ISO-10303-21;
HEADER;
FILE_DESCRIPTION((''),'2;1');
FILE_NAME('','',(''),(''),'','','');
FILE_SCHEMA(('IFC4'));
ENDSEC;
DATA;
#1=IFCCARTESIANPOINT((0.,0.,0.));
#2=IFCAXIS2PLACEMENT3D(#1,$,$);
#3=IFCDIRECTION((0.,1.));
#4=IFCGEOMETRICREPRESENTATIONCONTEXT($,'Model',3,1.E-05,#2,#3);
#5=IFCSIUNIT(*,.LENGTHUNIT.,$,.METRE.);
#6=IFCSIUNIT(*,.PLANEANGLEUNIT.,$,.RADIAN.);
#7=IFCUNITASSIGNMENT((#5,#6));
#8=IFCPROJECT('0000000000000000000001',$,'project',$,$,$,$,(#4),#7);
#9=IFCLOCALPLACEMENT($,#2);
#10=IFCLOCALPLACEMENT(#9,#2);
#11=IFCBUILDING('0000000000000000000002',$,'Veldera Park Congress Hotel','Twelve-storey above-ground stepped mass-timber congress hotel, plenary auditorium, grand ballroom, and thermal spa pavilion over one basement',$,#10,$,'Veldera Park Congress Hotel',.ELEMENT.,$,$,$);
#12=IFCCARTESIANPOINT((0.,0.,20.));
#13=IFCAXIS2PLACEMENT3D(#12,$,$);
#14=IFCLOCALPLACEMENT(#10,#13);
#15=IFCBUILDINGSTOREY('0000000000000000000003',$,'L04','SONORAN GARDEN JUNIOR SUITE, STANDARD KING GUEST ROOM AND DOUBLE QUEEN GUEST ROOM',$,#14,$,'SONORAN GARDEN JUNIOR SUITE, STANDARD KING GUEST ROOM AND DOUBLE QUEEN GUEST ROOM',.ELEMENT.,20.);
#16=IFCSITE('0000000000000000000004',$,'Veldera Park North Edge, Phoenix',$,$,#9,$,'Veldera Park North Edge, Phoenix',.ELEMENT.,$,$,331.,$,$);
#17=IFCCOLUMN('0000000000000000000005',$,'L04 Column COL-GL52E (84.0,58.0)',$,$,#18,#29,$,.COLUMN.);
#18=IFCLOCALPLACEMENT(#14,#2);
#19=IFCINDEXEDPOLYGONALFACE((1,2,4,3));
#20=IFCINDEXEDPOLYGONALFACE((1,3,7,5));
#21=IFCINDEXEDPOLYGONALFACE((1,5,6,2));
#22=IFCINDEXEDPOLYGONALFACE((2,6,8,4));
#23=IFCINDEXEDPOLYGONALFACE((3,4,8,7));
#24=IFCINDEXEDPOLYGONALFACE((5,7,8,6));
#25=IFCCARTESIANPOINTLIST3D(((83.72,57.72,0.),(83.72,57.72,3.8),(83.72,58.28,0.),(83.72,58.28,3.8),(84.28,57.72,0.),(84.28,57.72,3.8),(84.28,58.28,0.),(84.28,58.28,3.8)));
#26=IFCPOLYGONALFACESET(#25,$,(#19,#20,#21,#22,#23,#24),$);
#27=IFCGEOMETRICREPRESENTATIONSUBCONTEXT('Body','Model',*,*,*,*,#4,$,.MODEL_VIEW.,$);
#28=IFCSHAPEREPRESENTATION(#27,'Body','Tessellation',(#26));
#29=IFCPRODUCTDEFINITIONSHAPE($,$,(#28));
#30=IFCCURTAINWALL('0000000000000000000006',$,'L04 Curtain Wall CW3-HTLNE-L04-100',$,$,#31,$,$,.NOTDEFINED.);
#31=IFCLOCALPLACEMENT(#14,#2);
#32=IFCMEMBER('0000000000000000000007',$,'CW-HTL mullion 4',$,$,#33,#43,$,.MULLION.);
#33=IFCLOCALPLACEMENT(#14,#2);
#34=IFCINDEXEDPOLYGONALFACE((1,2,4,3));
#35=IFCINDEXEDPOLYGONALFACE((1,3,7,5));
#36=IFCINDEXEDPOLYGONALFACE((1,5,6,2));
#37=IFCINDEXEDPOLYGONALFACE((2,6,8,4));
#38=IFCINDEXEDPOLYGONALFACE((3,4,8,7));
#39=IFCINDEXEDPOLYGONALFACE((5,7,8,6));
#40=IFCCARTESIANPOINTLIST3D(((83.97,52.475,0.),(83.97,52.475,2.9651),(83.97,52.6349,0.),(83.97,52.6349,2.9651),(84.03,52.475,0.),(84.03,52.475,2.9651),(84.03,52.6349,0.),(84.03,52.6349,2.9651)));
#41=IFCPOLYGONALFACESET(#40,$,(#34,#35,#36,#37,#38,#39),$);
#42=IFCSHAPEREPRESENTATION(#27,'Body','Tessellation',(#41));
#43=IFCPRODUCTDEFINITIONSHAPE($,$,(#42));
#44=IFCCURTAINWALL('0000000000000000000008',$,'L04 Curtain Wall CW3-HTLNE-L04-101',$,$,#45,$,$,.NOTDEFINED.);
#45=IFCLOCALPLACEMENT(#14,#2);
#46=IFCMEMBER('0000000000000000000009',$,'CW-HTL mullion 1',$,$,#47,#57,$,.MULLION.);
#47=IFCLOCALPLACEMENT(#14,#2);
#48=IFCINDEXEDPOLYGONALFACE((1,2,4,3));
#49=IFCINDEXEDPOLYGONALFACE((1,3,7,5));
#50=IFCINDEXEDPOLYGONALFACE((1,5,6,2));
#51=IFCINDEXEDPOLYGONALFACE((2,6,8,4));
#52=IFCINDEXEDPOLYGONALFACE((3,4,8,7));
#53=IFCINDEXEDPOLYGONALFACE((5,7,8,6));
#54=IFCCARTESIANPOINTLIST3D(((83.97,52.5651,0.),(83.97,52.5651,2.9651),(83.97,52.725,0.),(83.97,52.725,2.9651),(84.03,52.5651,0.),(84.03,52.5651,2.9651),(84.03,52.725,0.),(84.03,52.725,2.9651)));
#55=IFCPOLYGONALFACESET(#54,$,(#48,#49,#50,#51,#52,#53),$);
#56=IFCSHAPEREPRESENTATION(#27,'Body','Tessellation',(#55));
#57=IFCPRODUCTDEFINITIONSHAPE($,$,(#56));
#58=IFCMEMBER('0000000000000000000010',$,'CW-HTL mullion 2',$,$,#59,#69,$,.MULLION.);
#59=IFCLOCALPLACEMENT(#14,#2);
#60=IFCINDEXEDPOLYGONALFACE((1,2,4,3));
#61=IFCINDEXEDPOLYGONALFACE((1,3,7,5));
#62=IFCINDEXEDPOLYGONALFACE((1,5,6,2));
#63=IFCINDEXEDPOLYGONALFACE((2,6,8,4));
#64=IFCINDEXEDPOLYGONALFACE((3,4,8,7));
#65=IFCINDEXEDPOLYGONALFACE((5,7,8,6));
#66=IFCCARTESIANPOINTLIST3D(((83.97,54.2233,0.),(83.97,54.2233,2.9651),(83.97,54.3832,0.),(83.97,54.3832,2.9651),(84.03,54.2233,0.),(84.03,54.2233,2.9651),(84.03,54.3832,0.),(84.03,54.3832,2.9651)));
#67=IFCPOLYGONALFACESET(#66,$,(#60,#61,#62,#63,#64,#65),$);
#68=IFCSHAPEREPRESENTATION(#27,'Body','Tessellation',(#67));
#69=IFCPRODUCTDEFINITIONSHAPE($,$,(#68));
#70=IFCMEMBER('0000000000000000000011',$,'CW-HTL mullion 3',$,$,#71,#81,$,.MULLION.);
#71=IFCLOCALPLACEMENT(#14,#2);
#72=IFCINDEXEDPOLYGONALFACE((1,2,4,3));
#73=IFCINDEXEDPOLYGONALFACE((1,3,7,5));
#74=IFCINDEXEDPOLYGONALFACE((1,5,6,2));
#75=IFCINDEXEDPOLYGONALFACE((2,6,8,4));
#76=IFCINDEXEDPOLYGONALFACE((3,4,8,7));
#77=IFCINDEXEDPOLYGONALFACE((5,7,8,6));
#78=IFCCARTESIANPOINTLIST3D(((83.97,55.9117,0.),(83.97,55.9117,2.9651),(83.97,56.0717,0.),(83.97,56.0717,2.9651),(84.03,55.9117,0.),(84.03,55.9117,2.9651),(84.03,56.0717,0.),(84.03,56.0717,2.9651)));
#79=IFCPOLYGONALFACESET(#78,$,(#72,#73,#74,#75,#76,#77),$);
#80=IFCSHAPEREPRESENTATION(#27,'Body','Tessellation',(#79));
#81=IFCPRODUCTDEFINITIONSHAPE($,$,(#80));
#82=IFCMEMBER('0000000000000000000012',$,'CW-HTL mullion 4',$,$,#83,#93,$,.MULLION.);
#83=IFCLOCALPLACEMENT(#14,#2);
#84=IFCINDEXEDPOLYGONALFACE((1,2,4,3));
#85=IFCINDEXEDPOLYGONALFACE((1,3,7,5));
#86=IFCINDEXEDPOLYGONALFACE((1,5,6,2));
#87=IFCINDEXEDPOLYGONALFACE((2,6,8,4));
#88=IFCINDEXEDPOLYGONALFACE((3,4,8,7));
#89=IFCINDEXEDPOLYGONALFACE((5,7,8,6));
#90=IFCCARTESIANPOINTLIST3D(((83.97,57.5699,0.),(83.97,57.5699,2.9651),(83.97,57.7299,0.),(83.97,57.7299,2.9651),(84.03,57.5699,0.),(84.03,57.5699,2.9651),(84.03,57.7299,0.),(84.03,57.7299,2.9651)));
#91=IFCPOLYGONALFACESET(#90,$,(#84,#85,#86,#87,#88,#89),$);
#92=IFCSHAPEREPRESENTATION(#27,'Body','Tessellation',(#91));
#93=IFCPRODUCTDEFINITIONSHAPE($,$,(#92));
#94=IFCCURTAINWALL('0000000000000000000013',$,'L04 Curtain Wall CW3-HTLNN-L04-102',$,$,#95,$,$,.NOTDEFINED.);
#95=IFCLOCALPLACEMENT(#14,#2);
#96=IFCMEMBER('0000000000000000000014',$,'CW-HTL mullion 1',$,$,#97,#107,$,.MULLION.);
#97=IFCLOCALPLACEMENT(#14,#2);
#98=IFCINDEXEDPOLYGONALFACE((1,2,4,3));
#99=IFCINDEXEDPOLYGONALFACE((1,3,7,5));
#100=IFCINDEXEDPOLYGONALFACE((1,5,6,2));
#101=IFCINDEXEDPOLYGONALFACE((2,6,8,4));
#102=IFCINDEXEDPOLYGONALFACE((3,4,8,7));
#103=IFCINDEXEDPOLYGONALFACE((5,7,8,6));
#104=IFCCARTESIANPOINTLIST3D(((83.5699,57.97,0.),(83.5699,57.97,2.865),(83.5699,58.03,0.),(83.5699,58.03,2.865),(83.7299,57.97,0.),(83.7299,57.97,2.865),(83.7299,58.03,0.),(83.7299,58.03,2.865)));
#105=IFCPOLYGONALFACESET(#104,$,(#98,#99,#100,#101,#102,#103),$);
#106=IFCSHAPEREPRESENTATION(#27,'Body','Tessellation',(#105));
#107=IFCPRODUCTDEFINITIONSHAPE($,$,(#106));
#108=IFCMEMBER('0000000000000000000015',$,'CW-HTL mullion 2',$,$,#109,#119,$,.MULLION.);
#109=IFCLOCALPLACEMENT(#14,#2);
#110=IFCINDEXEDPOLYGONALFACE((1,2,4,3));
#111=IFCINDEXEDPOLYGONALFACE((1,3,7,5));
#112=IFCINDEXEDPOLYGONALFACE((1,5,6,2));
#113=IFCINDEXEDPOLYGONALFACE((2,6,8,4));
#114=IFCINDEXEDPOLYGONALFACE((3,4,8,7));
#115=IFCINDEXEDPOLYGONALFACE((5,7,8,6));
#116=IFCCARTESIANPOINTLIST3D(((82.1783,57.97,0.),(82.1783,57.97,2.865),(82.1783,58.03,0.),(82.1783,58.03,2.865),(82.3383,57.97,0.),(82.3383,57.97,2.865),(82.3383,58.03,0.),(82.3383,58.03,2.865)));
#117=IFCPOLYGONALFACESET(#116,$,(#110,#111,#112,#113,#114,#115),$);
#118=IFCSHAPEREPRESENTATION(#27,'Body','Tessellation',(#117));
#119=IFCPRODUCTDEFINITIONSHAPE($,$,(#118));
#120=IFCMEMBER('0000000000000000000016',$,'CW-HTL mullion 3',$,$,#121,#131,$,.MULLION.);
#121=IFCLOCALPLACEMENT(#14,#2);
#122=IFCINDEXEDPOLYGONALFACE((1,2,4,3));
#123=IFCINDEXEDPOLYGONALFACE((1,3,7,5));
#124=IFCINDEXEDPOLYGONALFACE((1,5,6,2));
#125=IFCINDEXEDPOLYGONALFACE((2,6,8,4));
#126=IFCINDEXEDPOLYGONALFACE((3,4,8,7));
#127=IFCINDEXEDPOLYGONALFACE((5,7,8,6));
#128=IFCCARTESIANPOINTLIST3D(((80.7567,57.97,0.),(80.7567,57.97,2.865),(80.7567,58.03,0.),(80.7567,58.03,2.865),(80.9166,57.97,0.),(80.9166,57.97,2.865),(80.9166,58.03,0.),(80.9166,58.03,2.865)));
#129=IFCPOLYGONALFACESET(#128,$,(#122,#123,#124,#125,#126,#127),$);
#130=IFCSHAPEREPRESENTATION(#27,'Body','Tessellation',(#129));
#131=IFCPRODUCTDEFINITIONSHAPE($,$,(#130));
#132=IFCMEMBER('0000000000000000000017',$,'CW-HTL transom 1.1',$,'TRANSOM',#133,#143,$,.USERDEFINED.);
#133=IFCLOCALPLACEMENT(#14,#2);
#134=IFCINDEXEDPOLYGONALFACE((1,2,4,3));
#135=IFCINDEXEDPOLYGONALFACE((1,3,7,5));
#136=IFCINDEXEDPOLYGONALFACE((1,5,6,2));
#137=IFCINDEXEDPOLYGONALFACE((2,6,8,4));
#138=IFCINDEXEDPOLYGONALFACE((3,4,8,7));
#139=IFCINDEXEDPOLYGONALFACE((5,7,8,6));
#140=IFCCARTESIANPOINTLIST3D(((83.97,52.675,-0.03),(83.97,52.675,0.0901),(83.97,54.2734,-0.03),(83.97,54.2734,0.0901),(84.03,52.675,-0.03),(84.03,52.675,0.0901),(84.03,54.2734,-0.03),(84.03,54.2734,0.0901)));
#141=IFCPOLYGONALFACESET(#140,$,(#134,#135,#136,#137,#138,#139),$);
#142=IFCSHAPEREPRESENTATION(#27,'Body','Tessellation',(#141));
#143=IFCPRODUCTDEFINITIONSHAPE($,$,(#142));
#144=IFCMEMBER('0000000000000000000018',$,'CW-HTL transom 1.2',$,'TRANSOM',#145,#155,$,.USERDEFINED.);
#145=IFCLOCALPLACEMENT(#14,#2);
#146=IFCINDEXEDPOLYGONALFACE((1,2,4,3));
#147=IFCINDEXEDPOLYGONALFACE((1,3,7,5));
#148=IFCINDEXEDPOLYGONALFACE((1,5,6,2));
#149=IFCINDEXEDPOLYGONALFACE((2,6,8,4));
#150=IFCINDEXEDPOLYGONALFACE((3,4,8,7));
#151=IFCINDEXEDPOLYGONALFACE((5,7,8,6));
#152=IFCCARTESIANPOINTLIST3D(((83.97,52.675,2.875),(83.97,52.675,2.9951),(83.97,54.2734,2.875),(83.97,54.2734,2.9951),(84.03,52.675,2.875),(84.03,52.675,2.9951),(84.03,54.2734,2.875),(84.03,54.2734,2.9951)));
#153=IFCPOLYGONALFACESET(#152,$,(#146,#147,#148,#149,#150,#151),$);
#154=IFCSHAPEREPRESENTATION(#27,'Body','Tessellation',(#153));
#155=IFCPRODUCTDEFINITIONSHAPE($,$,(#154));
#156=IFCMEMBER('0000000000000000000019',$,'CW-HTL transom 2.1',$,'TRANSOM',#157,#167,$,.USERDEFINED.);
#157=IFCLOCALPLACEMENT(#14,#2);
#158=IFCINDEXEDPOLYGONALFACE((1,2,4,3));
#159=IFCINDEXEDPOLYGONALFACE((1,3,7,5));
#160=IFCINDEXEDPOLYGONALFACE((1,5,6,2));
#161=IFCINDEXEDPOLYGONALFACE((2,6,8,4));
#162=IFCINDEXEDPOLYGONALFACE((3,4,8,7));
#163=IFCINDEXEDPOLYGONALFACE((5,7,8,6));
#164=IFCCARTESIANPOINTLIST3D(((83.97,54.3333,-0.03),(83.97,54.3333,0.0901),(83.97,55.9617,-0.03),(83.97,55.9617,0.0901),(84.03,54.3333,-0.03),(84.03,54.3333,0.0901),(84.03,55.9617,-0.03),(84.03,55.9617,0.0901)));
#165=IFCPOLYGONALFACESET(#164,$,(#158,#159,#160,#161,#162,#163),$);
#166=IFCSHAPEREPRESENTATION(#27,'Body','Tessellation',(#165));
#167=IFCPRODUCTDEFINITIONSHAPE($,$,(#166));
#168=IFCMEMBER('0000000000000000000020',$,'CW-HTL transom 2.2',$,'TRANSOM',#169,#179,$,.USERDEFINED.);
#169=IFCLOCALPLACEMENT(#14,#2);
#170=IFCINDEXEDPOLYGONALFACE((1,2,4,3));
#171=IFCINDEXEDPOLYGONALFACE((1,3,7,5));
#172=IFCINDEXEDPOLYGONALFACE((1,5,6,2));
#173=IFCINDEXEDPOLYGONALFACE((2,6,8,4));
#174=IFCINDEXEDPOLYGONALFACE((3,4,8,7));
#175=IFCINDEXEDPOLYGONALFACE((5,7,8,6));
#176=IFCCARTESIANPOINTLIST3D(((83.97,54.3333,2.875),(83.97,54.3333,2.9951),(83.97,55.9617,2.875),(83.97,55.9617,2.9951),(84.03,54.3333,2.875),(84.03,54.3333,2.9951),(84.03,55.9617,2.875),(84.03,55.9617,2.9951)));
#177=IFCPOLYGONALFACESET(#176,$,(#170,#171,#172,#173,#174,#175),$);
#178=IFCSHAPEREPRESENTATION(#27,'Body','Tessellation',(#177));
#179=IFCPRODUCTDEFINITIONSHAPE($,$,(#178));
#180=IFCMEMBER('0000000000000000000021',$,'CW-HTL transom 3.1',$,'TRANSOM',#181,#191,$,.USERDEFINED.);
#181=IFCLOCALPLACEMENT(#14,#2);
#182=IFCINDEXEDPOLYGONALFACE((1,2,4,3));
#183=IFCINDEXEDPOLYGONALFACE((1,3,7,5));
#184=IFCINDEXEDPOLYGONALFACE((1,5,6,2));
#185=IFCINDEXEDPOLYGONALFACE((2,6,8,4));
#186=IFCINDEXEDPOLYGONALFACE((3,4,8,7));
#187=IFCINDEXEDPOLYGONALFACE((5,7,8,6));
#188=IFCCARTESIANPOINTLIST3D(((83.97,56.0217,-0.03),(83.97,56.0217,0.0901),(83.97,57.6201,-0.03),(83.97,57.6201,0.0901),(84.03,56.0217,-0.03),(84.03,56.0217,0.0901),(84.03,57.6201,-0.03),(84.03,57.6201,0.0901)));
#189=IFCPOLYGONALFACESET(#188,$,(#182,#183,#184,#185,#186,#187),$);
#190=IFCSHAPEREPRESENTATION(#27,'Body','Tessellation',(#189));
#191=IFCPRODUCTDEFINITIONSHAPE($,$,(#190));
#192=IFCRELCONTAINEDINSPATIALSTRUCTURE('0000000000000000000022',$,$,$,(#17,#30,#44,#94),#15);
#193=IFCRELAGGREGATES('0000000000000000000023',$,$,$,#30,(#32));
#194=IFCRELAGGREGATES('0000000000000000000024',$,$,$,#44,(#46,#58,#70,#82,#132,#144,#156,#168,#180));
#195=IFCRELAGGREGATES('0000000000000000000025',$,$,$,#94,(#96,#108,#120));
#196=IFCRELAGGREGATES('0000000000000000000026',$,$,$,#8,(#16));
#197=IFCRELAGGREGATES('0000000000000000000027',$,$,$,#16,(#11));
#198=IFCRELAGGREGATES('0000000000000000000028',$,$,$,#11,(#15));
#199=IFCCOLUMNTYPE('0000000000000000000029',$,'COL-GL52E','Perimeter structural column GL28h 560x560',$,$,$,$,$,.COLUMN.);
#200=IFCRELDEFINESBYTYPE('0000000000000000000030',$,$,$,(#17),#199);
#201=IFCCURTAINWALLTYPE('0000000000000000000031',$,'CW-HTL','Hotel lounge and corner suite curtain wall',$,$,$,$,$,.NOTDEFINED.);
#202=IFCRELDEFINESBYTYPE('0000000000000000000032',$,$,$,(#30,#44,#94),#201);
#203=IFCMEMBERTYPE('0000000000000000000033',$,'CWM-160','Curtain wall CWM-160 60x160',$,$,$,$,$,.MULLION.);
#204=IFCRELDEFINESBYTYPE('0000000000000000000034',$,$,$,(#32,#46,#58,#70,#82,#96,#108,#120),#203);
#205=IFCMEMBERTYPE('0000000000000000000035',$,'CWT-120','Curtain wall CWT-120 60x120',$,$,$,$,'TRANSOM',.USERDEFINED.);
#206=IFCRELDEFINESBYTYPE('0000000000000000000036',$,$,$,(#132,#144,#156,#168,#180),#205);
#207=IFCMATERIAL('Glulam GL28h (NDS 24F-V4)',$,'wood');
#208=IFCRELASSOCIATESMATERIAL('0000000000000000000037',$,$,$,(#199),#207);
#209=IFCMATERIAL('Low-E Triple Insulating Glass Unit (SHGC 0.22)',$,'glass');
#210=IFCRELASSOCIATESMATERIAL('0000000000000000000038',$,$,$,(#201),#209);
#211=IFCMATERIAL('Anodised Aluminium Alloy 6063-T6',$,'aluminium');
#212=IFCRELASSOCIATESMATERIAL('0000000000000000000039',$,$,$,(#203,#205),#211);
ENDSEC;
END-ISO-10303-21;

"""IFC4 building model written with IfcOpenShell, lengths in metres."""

from ifc_helpers import new_model, si_unit, direction, frame, origin, origin_2d, place, context, subcontext, project, spatial, rectangle, extrude, material, material_profile, profile_set, type_object, element, aggregate, save


model = new_model("IFC4")

# Units and contexts
model_context = context("Model", 3, precision=1e-05, world=origin(), true_north=direction((0.0, 1.0)))
body_context = subcontext(model_context, "Body", "Model", "MODEL_VIEW")
ifc_project = project(units=[si_unit("LENGTHUNIT", "METRE"), si_unit("PLANEANGLEUNIT", "RADIAN")], contexts=[model_context])

# Site, building, storey
site_placement = place(None, origin())
site = spatial("IfcSite", under=ifc_project, at=site_placement, Name="Veldera Park North Edge, Phoenix", LongName="Veldera Park North Edge, Phoenix", CompositionType="ELEMENT", RefElevation=331.0)
building_placement = place(site_placement, origin())
building = spatial("IfcBuilding", under=site, at=building_placement, Name="Veldera Park Congress Hotel", Description="Twelve-storey above-ground stepped mass-timber congress hotel, plenary auditorium, grand ballroom, and thermal spa pavilion over one basement", LongName="Veldera Park Congress Hotel", CompositionType="ELEMENT")
storey_placement = place(building_placement, frame((0.0, 0.0, 20.0)))
storey = spatial("IfcBuildingStorey", under=building, at=storey_placement, Name="L04", Description="SONORAN GARDEN JUNIOR SUITE, STANDARD KING GUEST ROOM AND DOUBLE QUEEN GUEST ROOM", LongName="SONORAN GARDEN JUNIOR SUITE, STANDARD KING GUEST ROOM AND DOUBLE QUEEN GUEST ROOM", CompositionType="ELEMENT", Elevation=20.0)

# Column
ifc_material_1 = material(Name="Glulam GL28h (NDS 24F-V4)", Category="wood")
ifc_material_profile_1 = material_profile(ifc_material_1, rectangle(XDim=0.5601, YDim=0.5601, at=origin_2d()), Name="GL28h 560x560")
ifc_profile_set_1 = profile_set([ifc_material_profile_1], Name="Glulam GL28h (NDS 24F-V4)")
column_type = type_object("IfcColumnType", Name="COL-GL52E", Description="Perimeter structural column GL28h 560x560", PredefinedType="COLUMN", material=ifc_profile_set_1)
column_placement = place(storey_placement, frame((84.0, 58.0, 0.0), z_axis=(0.0, 0.0, 1.0), x_axis=(1.0, 0.0, 0.0)))
element("IfcColumn", 1, at=column_placement, inside=storey, type_object=column_type, Name="L04 Column COL-GL52E (84.0,58.0)", PredefinedType="COLUMN", context=body_context, shape_type="SweptSolid", body=[
    extrude(rectangle(XDim=0.5601, YDim=0.5601, at=origin_2d()), origin(), (0.0, 0.0, 1.0), 3.8),
])

# Curtain wall, member
ifc_material_2 = material(Name="Low-E Triple Insulating Glass Unit (SHGC 0.22)", Category="glass")
curtain_wall_type = type_object("IfcCurtainWallType", Name="CW-HTL", Description="Hotel lounge and corner suite curtain wall", PredefinedType="NOTDEFINED", material=ifc_material_2)
curtain_wall_1_placement = place(storey_placement, origin())
curtain_wall_1 = element("IfcCurtainWall", 2, at=curtain_wall_1_placement, inside=storey, type_object=curtain_wall_type, Name="L04 Curtain Wall CW3-HTLNE-L04-100", PredefinedType="NOTDEFINED")
ifc_material_3 = material(Name="Anodised Aluminium Alloy 6063-T6", Category="aluminium")
ifc_material_profile_2 = material_profile(ifc_material_3, rectangle(XDim=0.0601, YDim=0.1599, at=origin_2d()), Name="ALU 60x160")
ifc_profile_set_2 = profile_set([ifc_material_profile_2], Name="Anodised Aluminium Alloy 6063-T6")
member_type_1 = type_object("IfcMemberType", Name="CWM-160", Description="Curtain wall CWM-160 60x160", PredefinedType="MULLION", material=ifc_profile_set_2)
member_1_placement = place(storey_placement, frame((84.0, 52.5549, 0.0), z_axis=(0.0, 0.0, 1.0), x_axis=(-1.0, 0.0, 0.0)))
member_1 = element("IfcMember", 3, at=member_1_placement, type_object=member_type_1, Name="CW-HTL mullion 4", PredefinedType="MULLION", context=body_context, shape_type="SweptSolid", body=[
    extrude(rectangle(XDim=0.0601, YDim=0.1599, at=origin_2d()), origin(), (0.0, 0.0, 1.0), 2.9651),
])
aggregate(curtain_wall_1, [member_1])

# Curtain walls, members
curtain_wall_2_placement = place(storey_placement, origin())
curtain_wall_2 = element("IfcCurtainWall", 4, at=curtain_wall_2_placement, inside=storey, type_object=curtain_wall_type, Name="L04 Curtain Wall CW3-HTLNE-L04-101", PredefinedType="NOTDEFINED")
member_2_placement = place(storey_placement, frame((84.0, 52.645, 0.0), z_axis=(0.0, 0.0, 1.0), x_axis=(-1.0, 0.0, 0.0)))
member_2 = element("IfcMember", 5, at=member_2_placement, type_object=member_type_1, Name="CW-HTL mullion 1", PredefinedType="MULLION", context=body_context, shape_type="SweptSolid", body=[
    extrude(rectangle(XDim=0.0601, YDim=0.1599, at=origin_2d()), origin(), (0.0, 0.0, 1.0), 2.9651),
])
member_3_placement = place(storey_placement, frame((84.0, 54.3032, 0.0), z_axis=(0.0, 0.0, 1.0), x_axis=(-1.0, 0.0, 0.0)))
member_3 = element("IfcMember", 6, at=member_3_placement, type_object=member_type_1, Name="CW-HTL mullion 2", PredefinedType="MULLION", context=body_context, shape_type="SweptSolid", body=[
    extrude(rectangle(XDim=0.0601, YDim=0.1599, at=origin_2d()), origin(), (0.0, 0.0, 1.0), 2.9651),
])
member_4_placement = place(storey_placement, frame((84.0, 55.9917, 0.0), z_axis=(0.0, 0.0, 1.0), x_axis=(-1.0, 0.0, 0.0)))
member_4 = element("IfcMember", 7, at=member_4_placement, type_object=member_type_1, Name="CW-HTL mullion 3", PredefinedType="MULLION", context=body_context, shape_type="SweptSolid", body=[
    extrude(rectangle(XDim=0.0601, YDim=0.1599, at=origin_2d()), origin(), (0.0, 0.0, 1.0), 2.9651),
])
member_5_placement = place(storey_placement, frame((84.0, 57.6499, 0.0), z_axis=(0.0, 0.0, 1.0), x_axis=(-1.0, 0.0, 0.0)))
member_5 = element("IfcMember", 8, at=member_5_placement, type_object=member_type_1, Name="CW-HTL mullion 4", PredefinedType="MULLION", context=body_context, shape_type="SweptSolid", body=[
    extrude(rectangle(XDim=0.0601, YDim=0.1599, at=origin_2d()), origin(), (0.0, 0.0, 1.0), 2.9651),
])
curtain_wall_3_placement = place(storey_placement, origin())
curtain_wall_3 = element("IfcCurtainWall", 9, at=curtain_wall_3_placement, inside=storey, type_object=curtain_wall_type, Name="L04 Curtain Wall CW3-HTLNN-L04-102", PredefinedType="NOTDEFINED")
member_6_placement = place(storey_placement, frame((83.6499, 58.0, 0.0), z_axis=(0.0, 0.0, 1.0), x_axis=(0.0, -1.0, 0.0)))
member_6 = element("IfcMember", 10, at=member_6_placement, type_object=member_type_1, Name="CW-HTL mullion 1", PredefinedType="MULLION", context=body_context, shape_type="SweptSolid", body=[
    extrude(rectangle(XDim=0.0601, YDim=0.1599, at=origin_2d()), origin(), (0.0, 0.0, 1.0), 2.865),
])
member_7_placement = place(storey_placement, frame((82.2583, 58.0, 0.0), z_axis=(0.0, 0.0, 1.0), x_axis=(0.0, -1.0, 0.0)))
member_7 = element("IfcMember", 11, at=member_7_placement, type_object=member_type_1, Name="CW-HTL mullion 2", PredefinedType="MULLION", context=body_context, shape_type="SweptSolid", body=[
    extrude(rectangle(XDim=0.0601, YDim=0.1599, at=origin_2d()), origin(), (0.0, 0.0, 1.0), 2.865),
])
member_8_placement = place(storey_placement, frame((80.8367, 58.0, 0.0), z_axis=(0.0, 0.0, 1.0), x_axis=(0.0, -1.0, 0.0)))
member_8 = element("IfcMember", 12, at=member_8_placement, type_object=member_type_1, Name="CW-HTL mullion 3", PredefinedType="MULLION", context=body_context, shape_type="SweptSolid", body=[
    extrude(rectangle(XDim=0.0601, YDim=0.1599, at=origin_2d()), origin(), (0.0, 0.0, 1.0), 2.865),
])

# Members
ifc_material_profile_3 = material_profile(ifc_material_3, rectangle(XDim=0.0601, YDim=0.1201, at=origin_2d()), Name="ALU 60x120")
ifc_profile_set_3 = profile_set([ifc_material_profile_3], Name="Anodised Aluminium Alloy 6063-T6")
member_type_2 = type_object("IfcMemberType", Name="CWT-120", Description="Curtain wall CWT-120 60x120", ElementType="TRANSOM", PredefinedType="USERDEFINED", material=ifc_profile_set_3)
member_9_placement = place(storey_placement, frame((84.0, 52.675, 0.03), z_axis=(0.0, 1.0, 0.0), x_axis=(-1.0, 0.0, 0.0)))
member_9 = element("IfcMember", 13, at=member_9_placement, type_object=member_type_2, Name="CW-HTL transom 1.1", ObjectType="TRANSOM", PredefinedType="USERDEFINED", context=body_context, shape_type="SweptSolid", body=[
    extrude(rectangle(XDim=0.0601, YDim=0.1201, at=origin_2d()), origin(), (0.0, 0.0, 1.0), 1.5984),
])
member_10_placement = place(storey_placement, frame((84.0, 52.675, 2.9351), z_axis=(0.0, 1.0, 0.0), x_axis=(-1.0, 0.0, 0.0)))
member_10 = element("IfcMember", 14, at=member_10_placement, type_object=member_type_2, Name="CW-HTL transom 1.2", ObjectType="TRANSOM", PredefinedType="USERDEFINED", context=body_context, shape_type="SweptSolid", body=[
    extrude(rectangle(XDim=0.0601, YDim=0.1201, at=origin_2d()), origin(), (0.0, 0.0, 1.0), 1.5984),
])
member_11_placement = place(storey_placement, frame((84.0, 54.3333, 0.03), z_axis=(0.0, 1.0, 0.0), x_axis=(-1.0, 0.0, 0.0)))
member_11 = element("IfcMember", 15, at=member_11_placement, type_object=member_type_2, Name="CW-HTL transom 2.1", ObjectType="TRANSOM", PredefinedType="USERDEFINED", context=body_context, shape_type="SweptSolid", body=[
    extrude(rectangle(XDim=0.0601, YDim=0.1201, at=origin_2d()), origin(), (0.0, 0.0, 1.0), 1.6284),
])
member_12_placement = place(storey_placement, frame((84.0, 54.3333, 2.9351), z_axis=(0.0, 1.0, 0.0), x_axis=(-1.0, 0.0, 0.0)))
member_12 = element("IfcMember", 16, at=member_12_placement, type_object=member_type_2, Name="CW-HTL transom 2.2", ObjectType="TRANSOM", PredefinedType="USERDEFINED", context=body_context, shape_type="SweptSolid", body=[
    extrude(rectangle(XDim=0.0601, YDim=0.1201, at=origin_2d()), origin(), (0.0, 0.0, 1.0), 1.6284),
])
member_13_placement = place(storey_placement, frame((84.0, 56.0217, 0.03), z_axis=(0.0, 1.0, 0.0), x_axis=(-1.0, 0.0, 0.0)))
member_13 = element("IfcMember", 17, at=member_13_placement, type_object=member_type_2, Name="CW-HTL transom 3.1", ObjectType="TRANSOM", PredefinedType="USERDEFINED", context=body_context, shape_type="SweptSolid", body=[
    extrude(rectangle(XDim=0.0601, YDim=0.1201, at=origin_2d()), origin(), (0.0, 0.0, 1.0), 1.5984),
])

aggregate(curtain_wall_2, [member_2, member_3, member_4, member_5, member_9, member_10, member_11, member_12, member_13])
aggregate(curtain_wall_3, [member_6, member_7, member_8])

save(model, "model.ifc")
